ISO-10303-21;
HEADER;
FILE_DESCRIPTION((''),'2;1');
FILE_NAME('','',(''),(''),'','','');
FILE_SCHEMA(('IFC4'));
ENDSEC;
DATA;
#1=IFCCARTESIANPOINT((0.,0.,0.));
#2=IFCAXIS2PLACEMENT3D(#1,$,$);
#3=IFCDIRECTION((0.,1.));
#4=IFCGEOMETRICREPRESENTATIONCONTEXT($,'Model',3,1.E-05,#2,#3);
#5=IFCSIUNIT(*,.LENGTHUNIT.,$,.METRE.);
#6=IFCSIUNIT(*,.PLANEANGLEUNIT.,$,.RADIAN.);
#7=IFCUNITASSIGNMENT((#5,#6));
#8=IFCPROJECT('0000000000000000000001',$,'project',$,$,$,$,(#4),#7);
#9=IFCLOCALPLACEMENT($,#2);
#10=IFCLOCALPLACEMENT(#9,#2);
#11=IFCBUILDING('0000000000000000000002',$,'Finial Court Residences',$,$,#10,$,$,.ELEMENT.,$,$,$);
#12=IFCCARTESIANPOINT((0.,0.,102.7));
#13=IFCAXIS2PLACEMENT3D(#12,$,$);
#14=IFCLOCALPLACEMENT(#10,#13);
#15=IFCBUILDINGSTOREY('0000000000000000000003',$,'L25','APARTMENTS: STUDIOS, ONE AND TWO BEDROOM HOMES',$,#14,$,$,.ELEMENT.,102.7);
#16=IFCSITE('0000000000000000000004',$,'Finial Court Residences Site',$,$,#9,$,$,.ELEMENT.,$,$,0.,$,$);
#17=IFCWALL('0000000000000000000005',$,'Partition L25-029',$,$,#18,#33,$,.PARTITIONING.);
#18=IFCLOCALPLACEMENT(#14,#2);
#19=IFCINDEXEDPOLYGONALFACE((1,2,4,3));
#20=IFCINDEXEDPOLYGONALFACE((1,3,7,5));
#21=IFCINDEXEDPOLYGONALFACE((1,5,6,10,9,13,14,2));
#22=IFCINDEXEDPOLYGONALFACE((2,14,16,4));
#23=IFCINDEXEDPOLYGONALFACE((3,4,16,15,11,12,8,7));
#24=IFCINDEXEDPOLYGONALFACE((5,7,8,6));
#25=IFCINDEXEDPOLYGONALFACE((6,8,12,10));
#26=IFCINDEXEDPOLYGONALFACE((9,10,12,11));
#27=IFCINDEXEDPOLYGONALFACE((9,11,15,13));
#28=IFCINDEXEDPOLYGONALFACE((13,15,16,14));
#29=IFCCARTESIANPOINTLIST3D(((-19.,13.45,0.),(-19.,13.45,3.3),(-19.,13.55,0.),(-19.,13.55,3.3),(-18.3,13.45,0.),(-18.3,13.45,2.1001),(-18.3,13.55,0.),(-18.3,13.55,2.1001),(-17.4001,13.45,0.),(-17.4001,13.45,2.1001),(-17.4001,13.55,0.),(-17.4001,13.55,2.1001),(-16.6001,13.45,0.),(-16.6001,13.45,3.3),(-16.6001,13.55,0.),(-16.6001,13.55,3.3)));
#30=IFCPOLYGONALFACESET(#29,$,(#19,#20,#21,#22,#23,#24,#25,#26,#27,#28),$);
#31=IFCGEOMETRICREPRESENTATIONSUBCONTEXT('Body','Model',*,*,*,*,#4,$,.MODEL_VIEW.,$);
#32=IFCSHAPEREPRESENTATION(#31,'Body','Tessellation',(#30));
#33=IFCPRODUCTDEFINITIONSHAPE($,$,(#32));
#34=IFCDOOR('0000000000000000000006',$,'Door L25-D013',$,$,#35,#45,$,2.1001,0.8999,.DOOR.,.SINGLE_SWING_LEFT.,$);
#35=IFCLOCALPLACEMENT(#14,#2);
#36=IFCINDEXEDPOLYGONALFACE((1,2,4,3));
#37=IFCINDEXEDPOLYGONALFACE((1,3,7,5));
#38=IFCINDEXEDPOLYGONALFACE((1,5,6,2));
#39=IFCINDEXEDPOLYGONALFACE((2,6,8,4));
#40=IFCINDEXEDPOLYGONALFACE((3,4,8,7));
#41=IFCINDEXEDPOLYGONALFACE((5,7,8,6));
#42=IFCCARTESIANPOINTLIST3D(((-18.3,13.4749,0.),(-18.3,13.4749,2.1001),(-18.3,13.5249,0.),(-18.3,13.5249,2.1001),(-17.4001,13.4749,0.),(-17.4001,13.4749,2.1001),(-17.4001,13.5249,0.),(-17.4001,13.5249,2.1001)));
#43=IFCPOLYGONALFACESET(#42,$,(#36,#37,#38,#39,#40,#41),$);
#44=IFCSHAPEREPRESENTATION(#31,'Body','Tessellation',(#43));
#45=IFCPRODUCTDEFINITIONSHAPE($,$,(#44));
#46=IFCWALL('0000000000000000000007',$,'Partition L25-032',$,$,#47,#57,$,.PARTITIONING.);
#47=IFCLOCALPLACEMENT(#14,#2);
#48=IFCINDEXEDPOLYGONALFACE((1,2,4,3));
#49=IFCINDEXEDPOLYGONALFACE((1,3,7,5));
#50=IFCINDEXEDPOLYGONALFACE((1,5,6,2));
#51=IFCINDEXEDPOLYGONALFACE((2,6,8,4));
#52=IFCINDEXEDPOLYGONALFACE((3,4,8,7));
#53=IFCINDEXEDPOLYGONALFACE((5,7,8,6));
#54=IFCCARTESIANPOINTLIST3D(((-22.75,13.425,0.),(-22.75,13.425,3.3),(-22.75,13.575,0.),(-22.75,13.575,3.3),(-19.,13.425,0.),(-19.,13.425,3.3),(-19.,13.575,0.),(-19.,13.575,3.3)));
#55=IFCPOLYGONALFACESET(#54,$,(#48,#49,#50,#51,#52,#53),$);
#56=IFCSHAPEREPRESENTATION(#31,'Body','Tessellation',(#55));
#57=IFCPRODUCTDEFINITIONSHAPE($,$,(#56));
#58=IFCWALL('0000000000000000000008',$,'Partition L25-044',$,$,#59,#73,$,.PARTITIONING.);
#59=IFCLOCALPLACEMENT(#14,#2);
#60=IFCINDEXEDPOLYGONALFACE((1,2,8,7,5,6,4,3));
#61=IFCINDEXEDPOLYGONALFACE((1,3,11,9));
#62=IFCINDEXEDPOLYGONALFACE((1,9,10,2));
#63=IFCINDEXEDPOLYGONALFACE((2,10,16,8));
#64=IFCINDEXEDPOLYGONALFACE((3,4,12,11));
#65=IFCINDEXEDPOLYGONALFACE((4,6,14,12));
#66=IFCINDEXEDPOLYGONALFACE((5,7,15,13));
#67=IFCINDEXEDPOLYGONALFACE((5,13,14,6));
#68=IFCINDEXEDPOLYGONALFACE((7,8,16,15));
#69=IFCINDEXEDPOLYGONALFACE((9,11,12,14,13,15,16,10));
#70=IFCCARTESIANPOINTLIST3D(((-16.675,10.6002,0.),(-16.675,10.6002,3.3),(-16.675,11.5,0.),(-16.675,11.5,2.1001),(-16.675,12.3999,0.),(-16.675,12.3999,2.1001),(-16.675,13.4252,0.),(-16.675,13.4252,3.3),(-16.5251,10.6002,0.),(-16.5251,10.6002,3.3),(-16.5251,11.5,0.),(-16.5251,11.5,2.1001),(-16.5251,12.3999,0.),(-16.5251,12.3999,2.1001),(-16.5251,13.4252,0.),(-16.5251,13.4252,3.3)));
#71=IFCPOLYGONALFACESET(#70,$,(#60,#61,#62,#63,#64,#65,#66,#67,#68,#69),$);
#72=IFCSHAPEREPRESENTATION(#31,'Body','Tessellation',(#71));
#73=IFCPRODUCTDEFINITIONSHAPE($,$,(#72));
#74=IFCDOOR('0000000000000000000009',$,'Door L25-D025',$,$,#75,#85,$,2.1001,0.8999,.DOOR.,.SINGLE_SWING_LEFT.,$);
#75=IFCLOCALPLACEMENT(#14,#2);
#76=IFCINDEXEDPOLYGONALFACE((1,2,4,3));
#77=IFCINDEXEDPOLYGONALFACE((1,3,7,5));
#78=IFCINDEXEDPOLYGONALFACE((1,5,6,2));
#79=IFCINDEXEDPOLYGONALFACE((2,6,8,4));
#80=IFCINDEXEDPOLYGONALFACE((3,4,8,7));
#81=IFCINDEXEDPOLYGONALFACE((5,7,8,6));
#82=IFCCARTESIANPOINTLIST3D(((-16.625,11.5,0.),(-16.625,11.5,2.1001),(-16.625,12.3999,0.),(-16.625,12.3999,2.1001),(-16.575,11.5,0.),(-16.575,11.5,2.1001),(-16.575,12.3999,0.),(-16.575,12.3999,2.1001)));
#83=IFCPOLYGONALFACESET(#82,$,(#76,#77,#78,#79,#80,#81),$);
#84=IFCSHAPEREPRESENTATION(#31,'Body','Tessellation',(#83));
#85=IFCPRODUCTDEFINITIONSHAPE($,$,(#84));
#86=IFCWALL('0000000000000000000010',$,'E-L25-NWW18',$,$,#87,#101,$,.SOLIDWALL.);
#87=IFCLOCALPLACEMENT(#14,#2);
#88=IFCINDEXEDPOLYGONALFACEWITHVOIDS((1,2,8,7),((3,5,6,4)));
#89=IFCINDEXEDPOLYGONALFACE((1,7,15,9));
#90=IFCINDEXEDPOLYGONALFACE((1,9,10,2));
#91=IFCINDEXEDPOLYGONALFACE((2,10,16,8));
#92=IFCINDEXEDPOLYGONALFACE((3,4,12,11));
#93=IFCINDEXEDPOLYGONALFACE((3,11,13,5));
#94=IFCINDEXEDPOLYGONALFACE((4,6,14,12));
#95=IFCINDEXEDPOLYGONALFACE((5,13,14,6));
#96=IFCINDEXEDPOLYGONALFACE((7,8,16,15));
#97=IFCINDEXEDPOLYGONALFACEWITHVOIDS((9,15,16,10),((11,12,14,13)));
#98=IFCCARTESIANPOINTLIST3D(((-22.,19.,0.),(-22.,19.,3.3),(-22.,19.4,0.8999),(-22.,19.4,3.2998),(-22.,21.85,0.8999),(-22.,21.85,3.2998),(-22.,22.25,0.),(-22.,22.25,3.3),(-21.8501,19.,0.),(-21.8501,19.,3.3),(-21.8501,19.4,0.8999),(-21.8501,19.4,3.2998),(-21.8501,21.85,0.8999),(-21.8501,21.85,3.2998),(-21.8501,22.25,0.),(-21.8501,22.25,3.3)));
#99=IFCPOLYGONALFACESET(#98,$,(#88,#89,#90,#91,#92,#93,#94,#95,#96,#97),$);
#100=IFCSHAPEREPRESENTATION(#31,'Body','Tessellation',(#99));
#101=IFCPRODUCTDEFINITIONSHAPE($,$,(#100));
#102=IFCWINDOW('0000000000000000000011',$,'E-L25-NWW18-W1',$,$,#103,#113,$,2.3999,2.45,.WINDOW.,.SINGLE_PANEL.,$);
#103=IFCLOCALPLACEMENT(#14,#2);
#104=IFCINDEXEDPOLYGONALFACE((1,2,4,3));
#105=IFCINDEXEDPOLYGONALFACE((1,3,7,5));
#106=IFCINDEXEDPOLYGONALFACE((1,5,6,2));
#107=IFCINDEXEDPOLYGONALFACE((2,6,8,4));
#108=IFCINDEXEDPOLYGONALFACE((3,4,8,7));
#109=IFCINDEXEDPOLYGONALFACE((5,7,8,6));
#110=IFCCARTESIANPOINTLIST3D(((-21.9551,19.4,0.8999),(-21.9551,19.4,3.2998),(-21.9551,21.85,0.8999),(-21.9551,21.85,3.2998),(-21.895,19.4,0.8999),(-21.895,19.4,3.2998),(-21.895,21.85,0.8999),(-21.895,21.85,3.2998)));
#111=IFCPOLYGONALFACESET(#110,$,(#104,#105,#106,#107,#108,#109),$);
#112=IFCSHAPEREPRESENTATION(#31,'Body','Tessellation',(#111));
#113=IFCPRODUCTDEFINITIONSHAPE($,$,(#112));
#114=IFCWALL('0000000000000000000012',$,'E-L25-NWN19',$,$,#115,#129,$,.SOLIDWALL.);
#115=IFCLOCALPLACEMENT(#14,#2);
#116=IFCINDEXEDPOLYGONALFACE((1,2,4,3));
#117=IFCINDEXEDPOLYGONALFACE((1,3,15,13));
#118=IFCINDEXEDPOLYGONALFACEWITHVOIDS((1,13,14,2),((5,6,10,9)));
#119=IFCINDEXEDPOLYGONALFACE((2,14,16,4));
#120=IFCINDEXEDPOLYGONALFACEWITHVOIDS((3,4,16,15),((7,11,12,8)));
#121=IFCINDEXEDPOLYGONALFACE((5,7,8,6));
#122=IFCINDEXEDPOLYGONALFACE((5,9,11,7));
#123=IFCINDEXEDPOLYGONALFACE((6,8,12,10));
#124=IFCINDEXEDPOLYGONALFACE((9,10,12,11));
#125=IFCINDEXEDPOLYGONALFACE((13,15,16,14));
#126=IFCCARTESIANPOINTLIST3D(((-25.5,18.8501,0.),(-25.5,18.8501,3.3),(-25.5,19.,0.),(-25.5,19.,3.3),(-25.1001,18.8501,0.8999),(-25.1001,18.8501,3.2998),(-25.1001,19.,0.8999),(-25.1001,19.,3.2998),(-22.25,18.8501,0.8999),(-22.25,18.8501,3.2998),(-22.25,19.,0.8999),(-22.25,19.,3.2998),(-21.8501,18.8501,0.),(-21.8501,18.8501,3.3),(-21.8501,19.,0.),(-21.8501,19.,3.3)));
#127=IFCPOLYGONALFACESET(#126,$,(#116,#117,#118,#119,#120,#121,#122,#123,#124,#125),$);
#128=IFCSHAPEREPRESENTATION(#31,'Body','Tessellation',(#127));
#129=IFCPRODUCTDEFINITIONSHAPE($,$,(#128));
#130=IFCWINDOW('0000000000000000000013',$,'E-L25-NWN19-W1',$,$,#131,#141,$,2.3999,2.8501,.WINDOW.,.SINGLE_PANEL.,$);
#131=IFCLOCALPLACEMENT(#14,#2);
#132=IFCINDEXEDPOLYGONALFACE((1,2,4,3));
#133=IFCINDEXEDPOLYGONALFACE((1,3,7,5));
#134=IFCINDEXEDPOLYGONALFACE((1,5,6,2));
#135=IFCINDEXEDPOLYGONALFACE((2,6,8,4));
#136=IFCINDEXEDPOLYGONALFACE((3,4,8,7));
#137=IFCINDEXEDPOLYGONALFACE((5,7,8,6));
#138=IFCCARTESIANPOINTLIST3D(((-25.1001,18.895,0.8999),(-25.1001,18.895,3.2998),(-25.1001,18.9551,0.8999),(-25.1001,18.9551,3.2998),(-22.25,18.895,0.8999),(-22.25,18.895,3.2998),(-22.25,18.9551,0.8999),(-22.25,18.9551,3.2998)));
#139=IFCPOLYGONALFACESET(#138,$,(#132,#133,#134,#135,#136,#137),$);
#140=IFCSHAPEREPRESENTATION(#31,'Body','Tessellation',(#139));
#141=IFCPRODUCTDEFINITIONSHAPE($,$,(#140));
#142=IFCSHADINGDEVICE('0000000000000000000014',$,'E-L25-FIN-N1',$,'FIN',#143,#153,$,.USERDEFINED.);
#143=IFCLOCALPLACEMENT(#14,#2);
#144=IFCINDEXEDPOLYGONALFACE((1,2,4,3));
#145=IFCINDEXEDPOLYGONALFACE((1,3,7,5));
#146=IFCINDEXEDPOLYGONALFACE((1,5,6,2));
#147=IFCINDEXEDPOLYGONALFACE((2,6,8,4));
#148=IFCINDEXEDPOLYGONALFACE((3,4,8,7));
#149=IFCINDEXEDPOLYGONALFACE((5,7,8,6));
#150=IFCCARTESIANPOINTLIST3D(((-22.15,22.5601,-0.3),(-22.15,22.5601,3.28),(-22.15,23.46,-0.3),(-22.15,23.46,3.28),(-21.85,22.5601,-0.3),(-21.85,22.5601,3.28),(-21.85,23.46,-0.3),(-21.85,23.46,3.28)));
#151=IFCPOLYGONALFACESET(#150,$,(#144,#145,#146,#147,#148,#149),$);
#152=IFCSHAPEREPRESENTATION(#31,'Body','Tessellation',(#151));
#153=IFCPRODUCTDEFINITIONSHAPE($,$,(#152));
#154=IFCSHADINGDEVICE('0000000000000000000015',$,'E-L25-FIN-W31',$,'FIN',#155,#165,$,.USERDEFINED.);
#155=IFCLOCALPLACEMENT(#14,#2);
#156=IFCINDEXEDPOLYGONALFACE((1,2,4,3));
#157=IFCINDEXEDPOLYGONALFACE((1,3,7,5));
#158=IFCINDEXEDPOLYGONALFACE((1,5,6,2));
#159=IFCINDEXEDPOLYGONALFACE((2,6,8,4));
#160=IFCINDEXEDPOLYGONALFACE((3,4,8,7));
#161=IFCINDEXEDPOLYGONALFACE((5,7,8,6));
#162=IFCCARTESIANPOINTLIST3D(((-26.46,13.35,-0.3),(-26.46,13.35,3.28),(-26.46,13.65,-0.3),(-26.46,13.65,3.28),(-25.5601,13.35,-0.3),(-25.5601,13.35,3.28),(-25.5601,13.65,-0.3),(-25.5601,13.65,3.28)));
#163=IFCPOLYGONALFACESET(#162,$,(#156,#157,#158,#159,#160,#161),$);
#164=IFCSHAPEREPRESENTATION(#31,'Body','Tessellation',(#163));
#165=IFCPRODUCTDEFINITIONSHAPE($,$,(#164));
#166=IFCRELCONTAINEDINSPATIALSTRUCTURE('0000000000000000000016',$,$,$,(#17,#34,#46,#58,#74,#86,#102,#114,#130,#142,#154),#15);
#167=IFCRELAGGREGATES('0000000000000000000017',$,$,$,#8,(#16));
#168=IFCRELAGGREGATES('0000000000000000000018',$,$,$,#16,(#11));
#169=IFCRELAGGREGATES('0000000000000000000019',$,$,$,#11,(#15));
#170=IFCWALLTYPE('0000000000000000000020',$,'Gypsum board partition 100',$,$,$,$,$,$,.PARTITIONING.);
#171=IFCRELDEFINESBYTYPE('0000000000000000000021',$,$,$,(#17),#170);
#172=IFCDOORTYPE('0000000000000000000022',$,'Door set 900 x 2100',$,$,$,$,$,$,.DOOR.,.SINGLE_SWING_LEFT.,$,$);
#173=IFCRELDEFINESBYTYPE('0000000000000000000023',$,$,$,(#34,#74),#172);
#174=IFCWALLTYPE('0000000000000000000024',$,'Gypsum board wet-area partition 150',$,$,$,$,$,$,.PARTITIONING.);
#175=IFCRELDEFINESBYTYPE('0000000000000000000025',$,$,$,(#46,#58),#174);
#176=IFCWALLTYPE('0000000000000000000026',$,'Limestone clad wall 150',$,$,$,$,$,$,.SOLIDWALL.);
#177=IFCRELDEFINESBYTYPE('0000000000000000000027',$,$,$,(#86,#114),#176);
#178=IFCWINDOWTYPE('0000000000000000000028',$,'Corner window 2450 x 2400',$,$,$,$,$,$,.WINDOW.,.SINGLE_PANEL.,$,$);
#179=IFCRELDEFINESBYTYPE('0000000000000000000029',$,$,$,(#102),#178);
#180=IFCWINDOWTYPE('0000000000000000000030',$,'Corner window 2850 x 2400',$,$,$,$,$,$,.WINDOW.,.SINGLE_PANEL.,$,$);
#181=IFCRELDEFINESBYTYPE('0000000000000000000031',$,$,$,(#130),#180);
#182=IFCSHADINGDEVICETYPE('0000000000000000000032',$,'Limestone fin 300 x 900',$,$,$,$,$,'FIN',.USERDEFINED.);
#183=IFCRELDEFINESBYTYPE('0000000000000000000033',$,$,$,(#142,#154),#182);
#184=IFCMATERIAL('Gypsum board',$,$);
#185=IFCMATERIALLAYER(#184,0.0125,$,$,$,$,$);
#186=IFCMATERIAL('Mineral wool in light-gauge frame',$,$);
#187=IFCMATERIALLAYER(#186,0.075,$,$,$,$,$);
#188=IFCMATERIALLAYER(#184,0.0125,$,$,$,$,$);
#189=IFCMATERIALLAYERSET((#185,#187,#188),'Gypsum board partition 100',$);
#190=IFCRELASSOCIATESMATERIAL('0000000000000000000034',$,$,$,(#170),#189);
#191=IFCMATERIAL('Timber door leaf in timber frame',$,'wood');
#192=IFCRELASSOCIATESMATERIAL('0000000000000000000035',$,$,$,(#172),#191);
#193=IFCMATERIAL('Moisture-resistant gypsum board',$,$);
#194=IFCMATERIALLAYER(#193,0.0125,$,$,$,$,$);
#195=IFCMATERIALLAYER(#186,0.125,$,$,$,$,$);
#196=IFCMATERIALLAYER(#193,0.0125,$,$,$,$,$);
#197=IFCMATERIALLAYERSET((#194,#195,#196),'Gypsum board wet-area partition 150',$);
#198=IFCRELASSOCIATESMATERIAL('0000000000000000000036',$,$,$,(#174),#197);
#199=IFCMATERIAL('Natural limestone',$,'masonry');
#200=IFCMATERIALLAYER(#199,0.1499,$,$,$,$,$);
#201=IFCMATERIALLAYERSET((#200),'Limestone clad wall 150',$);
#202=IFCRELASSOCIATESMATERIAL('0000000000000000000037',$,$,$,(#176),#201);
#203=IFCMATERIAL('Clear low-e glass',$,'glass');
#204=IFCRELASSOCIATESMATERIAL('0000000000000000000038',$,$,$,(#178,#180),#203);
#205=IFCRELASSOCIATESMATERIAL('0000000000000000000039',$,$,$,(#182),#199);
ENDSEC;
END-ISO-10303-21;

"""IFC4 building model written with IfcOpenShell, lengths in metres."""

from ifc_helpers import new_model, si_unit, direction, frame, frame_2d, origin, origin_2d, place, context, subcontext, project, spatial, rectangle, extrude, material, layer, layer_set, type_object, element, fill, save


model = new_model("IFC4")

# Units and contexts
model_context = context("Model", 3, precision=1e-05, world=origin(), true_north=direction((0.0, 1.0)))
body_context = subcontext(model_context, "Body", "Model", "MODEL_VIEW")
ifc_project = project(units=[si_unit("LENGTHUNIT", "METRE"), si_unit("PLANEANGLEUNIT", "RADIAN")], contexts=[model_context])

# Site, building, storey
site_placement = place(None, origin())
site = spatial("IfcSite", under=ifc_project, at=site_placement, Name="Finial Court Residences Site", CompositionType="ELEMENT", RefElevation=0.0)
building_placement = place(site_placement, origin())
building = spatial("IfcBuilding", under=site, at=building_placement, Name="Finial Court Residences", CompositionType="ELEMENT")
storey_placement = place(building_placement, frame((0.0, 0.0, 102.7)))
storey = spatial("IfcBuildingStorey", under=building, at=storey_placement, Name="L25", Description="APARTMENTS: STUDIOS, ONE AND TWO BEDROOM HOMES", CompositionType="ELEMENT", Elevation=102.7)

# Shared definitions
ifc_material_1 = material(Name="Clear low-e glass", Category="glass")

# Shared definitions
ifc_material_2 = material(Name="Gypsum board")
ifc_layer_1 = layer(ifc_material_2, 0.0125)
ifc_material_3 = material(Name="Mineral wool in light-gauge frame")
ifc_layer_2 = layer(ifc_material_3, 0.075)
ifc_layer_3 = layer(ifc_material_2, 0.0125)
ifc_layer_set_1 = layer_set([ifc_layer_1, ifc_layer_2, ifc_layer_3], Name="Gypsum board partition 100")
wall_type_1 = type_object("IfcWallType", Name="Gypsum board partition 100", PredefinedType="PARTITIONING", material=ifc_layer_set_1)

# Wall, opening, door
wall_1_placement = place(storey_placement, frame((-19.0, 13.5, 0.0), z_axis=(0.0, 0.0, 1.0), x_axis=(1.0, 0.0, 0.0)))
wall_1 = element("IfcWall", 1, at=wall_1_placement, inside=storey, type_object=wall_type_1, Name="Partition L25-029", PredefinedType="PARTITIONING", context=body_context, shape_type="SweptSolid", body=[
    extrude(rectangle(XDim=2.3999, YDim=0.1001, at=frame_2d((1.2, 0.0))), origin(), (0.0, 0.0, 1.0), 3.3),
])
opening_1_placement = place(wall_1_placement, frame((0.7, 0.0, 0.0)))
opening_1 = element("IfcOpeningElement", 2, at=opening_1_placement, cuts=wall_1, PredefinedType="OPENING", context=body_context, shape_type="SweptSolid", body=[
    extrude(rectangle(XDim=0.8999, YDim=2.1001, at=frame_2d((0.45, 1.05))), frame((0.0, 0.0601, 0.0), z_axis=(0.0, -1.0, 0.0), x_axis=(1.0, 0.0, 0.0)), (0.0, 0.0, 1.0), 0.1201),
])
ifc_material_4 = material(Name="Timber door leaf in timber frame", Category="wood")
door_type = type_object("IfcDoorType", Name="Door set 900 x 2100", OperationType="SINGLE_SWING_LEFT", PredefinedType="DOOR", material=ifc_material_4)
door_1_placement = place(opening_1_placement, origin())
door_1 = element("IfcDoor", 3, at=door_1_placement, inside=storey, type_object=door_type, Name="Door L25-D013", OperationType="SINGLE_SWING_LEFT", OverallHeight=2.1001, OverallWidth=0.8999, PredefinedType="DOOR", context=body_context, shape_type="SweptSolid", body=[
    extrude(rectangle(XDim=0.8999, YDim=2.1001, at=frame_2d((0.45, 1.05))), frame((0.0, 0.0249, 0.0), z_axis=(0.0, -1.0, 0.0), x_axis=(1.0, 0.0, 0.0)), (0.0, 0.0, 1.0), 0.05),
])
fill(opening_1, door_1)

# Wall
ifc_material_5 = material(Name="Moisture-resistant gypsum board")
ifc_layer_4 = layer(ifc_material_5, 0.0125)
ifc_layer_5 = layer(ifc_material_3, 0.125)
ifc_layer_6 = layer(ifc_material_5, 0.0125)
ifc_layer_set_2 = layer_set([ifc_layer_4, ifc_layer_5, ifc_layer_6], Name="Gypsum board wet-area partition 150")
wall_type_2 = type_object("IfcWallType", Name="Gypsum board wet-area partition 150", PredefinedType="PARTITIONING", material=ifc_layer_set_2)
wall_2_placement = place(storey_placement, frame((-22.75, 13.5, 0.0), z_axis=(0.0, 0.0, 1.0), x_axis=(1.0, 0.0, 0.0)))
element("IfcWall", 4, at=wall_2_placement, inside=storey, type_object=wall_type_2, Name="Partition L25-032", PredefinedType="PARTITIONING", context=body_context, shape_type="SweptSolid", body=[
    extrude(rectangle(XDim=3.75, YDim=0.1499, at=frame_2d((1.875, 0.0))), origin(), (0.0, 0.0, 1.0), 3.3),
])

# Wall, opening, door
wall_3_placement = place(storey_placement, frame((-16.6001, 10.6001, 0.0), z_axis=(0.0, 0.0, 1.0), x_axis=(0.0, 1.0, 0.0)))
wall_3 = element("IfcWall", 5, at=wall_3_placement, inside=storey, type_object=wall_type_2, Name="Partition L25-044", PredefinedType="PARTITIONING", context=body_context, shape_type="SweptSolid", body=[
    extrude(rectangle(XDim=2.825, YDim=0.1499, at=frame_2d((1.4126, 0.0))), origin(), (0.0, 0.0, 1.0), 3.3),
])
opening_2_placement = place(wall_3_placement, frame((0.8999, 0.0, 0.0)))
opening_2 = element("IfcOpeningElement", 6, at=opening_2_placement, cuts=wall_3, PredefinedType="OPENING", context=body_context, shape_type="SweptSolid", body=[
    extrude(rectangle(XDim=0.8999, YDim=2.1001, at=frame_2d((0.45, 1.05))), frame((0.0, 0.085, 0.0), z_axis=(0.0, -1.0, 0.0), x_axis=(1.0, 0.0, 0.0)), (0.0, 0.0, 1.0), 0.1699),
])
door_2_placement = place(opening_2_placement, origin())
door_2 = element("IfcDoor", 7, at=door_2_placement, inside=storey, type_object=door_type, Name="Door L25-D025", OperationType="SINGLE_SWING_LEFT", OverallHeight=2.1001, OverallWidth=0.8999, PredefinedType="DOOR", context=body_context, shape_type="SweptSolid", body=[
    extrude(rectangle(XDim=0.8999, YDim=2.1001, at=frame_2d((0.45, 1.05))), frame((0.0, 0.0249, 0.0), z_axis=(0.0, -1.0, 0.0), x_axis=(1.0, 0.0, 0.0)), (0.0, 0.0, 1.0), 0.05),
])
fill(opening_2, door_2)

# Walls, openings, windows
ifc_material_6 = material(Name="Natural limestone", Category="masonry")
ifc_layer_7 = layer(ifc_material_6, 0.1499)
ifc_layer_set_3 = layer_set([ifc_layer_7], Name="Limestone clad wall 150")
wall_type_3 = type_object("IfcWallType", Name="Limestone clad wall 150", PredefinedType="SOLIDWALL", material=ifc_layer_set_3)
wall_4_placement = place(storey_placement, frame((-21.925, 19.0, 0.0), z_axis=(0.0, 0.0, 1.0), x_axis=(0.0, 1.0, 0.0)))
wall_4 = element("IfcWall", 8, at=wall_4_placement, inside=storey, type_object=wall_type_3, Name="E-L25-NWW18", PredefinedType="SOLIDWALL", context=body_context, shape_type="SweptSolid", body=[
    extrude(rectangle(XDim=3.25, YDim=0.1499, at=frame_2d((1.625, 0.0))), origin(), (0.0, 0.0, 1.0), 3.3),
])
opening_3_placement = place(wall_4_placement, frame((0.3999, 0.0, 0.8999)))
opening_3 = element("IfcOpeningElement", 9, at=opening_3_placement, cuts=wall_4, PredefinedType="OPENING", context=body_context, shape_type="SweptSolid", body=[
    extrude(rectangle(XDim=2.45, YDim=2.3999, at=frame_2d((1.2251, 1.2))), frame((0.0, 0.085, 0.0), z_axis=(0.0, -1.0, 0.0), x_axis=(1.0, 0.0, 0.0)), (0.0, 0.0, 1.0), 0.1699),
])
window_type_1 = type_object("IfcWindowType", Name="Corner window 2450 x 2400", PartitioningType="SINGLE_PANEL", PredefinedType="WINDOW", material=ifc_material_1)
window_1_placement = place(opening_3_placement, origin())
window_1 = element("IfcWindow", 10, at=window_1_placement, inside=storey, type_object=window_type_1, Name="E-L25-NWW18-W1", OverallHeight=2.3999, OverallWidth=2.45, PartitioningType="SINGLE_PANEL", PredefinedType="WINDOW", context=body_context, shape_type="SweptSolid", body=[
    extrude(rectangle(XDim=2.45, YDim=2.3999, at=frame_2d((1.2251, 1.2))), frame((0.0, 0.03, 0.0), z_axis=(0.0, -1.0, 0.0), x_axis=(1.0, 0.0, 0.0)), (0.0, 0.0, 1.0), 0.0601),
])
fill(opening_3, window_1)
wall_5_placement = place(storey_placement, frame((-25.5, 18.925, 0.0), z_axis=(0.0, 0.0, 1.0), x_axis=(1.0, 0.0, 0.0)))
wall_5 = element("IfcWall", 11, at=wall_5_placement, inside=storey, type_object=wall_type_3, Name="E-L25-NWN19", PredefinedType="SOLIDWALL", context=body_context, shape_type="SweptSolid", body=[
    extrude(rectangle(XDim=3.6499, YDim=0.1499, at=frame_2d((1.825, 0.0))), origin(), (0.0, 0.0, 1.0), 3.3),
])
opening_4_placement = place(wall_5_placement, frame((0.3999, 0.0, 0.8999)))
opening_4 = element("IfcOpeningElement", 12, at=opening_4_placement, cuts=wall_5, PredefinedType="OPENING", context=body_context, shape_type="SweptSolid", body=[
    extrude(rectangle(XDim=2.8501, YDim=2.3999, at=frame_2d((1.425, 1.2))), frame((0.0, 0.085, 0.0), z_axis=(0.0, -1.0, 0.0), x_axis=(1.0, 0.0, 0.0)), (0.0, 0.0, 1.0), 0.1699),
])
window_type_2 = type_object("IfcWindowType", Name="Corner window 2850 x 2400", PartitioningType="SINGLE_PANEL", PredefinedType="WINDOW", material=ifc_material_1)
window_2_placement = place(opening_4_placement, origin())
window_2 = element("IfcWindow", 13, at=window_2_placement, inside=storey, type_object=window_type_2, Name="E-L25-NWN19-W1", OverallHeight=2.3999, OverallWidth=2.8501, PartitioningType="SINGLE_PANEL", PredefinedType="WINDOW", context=body_context, shape_type="SweptSolid", body=[
    extrude(rectangle(XDim=2.8501, YDim=2.3999, at=frame_2d((1.425, 1.2))), frame((0.0, 0.03, 0.0), z_axis=(0.0, -1.0, 0.0), x_axis=(1.0, 0.0, 0.0)), (0.0, 0.0, 1.0), 0.0601),
])
fill(opening_4, window_2)

# Shading devices
shading_device_type = type_object("IfcShadingDeviceType", Name="Limestone fin 300 x 900", ElementType="FIN", PredefinedType="USERDEFINED", material=ifc_material_6)
shading_device_placement = place(storey_placement, frame((-22.0, 23.01, -0.3), z_axis=(0.0, 0.0, 1.0), x_axis=(1.0, 0.0, 0.0)))
element("IfcShadingDevice", 14, at=shading_device_placement, inside=storey, type_object=shading_device_type, Name="E-L25-FIN-N1", ObjectType="FIN", PredefinedType="USERDEFINED", context=body_context, shape_type="SweptSolid", body=[
    extrude(rectangle(XDim=0.3, YDim=0.8999, at=origin_2d()), origin(), (0.0, 0.0, 1.0), 3.5801),
])
for number, where, z_axis, x_axis, name in (
    (15, (-26.01, 13.5, -0.3), (0.0, 0.0, 1.0), (1.0, 0.0, 0.0), "E-L25-FIN-W31"),
):
    element("IfcShadingDevice", number, at=place(storey_placement, frame(where, z_axis=z_axis, x_axis=x_axis)), inside=storey, type_object=shading_device_type, Name=name, ObjectType="FIN", PredefinedType="USERDEFINED", context=body_context, shape_type="SweptSolid", body=[
        extrude(rectangle(XDim=0.8999, YDim=0.3, at=origin_2d()), origin(), (0.0, 0.0, 1.0), 3.5801),
    ])

save(model, "model.ifc")
